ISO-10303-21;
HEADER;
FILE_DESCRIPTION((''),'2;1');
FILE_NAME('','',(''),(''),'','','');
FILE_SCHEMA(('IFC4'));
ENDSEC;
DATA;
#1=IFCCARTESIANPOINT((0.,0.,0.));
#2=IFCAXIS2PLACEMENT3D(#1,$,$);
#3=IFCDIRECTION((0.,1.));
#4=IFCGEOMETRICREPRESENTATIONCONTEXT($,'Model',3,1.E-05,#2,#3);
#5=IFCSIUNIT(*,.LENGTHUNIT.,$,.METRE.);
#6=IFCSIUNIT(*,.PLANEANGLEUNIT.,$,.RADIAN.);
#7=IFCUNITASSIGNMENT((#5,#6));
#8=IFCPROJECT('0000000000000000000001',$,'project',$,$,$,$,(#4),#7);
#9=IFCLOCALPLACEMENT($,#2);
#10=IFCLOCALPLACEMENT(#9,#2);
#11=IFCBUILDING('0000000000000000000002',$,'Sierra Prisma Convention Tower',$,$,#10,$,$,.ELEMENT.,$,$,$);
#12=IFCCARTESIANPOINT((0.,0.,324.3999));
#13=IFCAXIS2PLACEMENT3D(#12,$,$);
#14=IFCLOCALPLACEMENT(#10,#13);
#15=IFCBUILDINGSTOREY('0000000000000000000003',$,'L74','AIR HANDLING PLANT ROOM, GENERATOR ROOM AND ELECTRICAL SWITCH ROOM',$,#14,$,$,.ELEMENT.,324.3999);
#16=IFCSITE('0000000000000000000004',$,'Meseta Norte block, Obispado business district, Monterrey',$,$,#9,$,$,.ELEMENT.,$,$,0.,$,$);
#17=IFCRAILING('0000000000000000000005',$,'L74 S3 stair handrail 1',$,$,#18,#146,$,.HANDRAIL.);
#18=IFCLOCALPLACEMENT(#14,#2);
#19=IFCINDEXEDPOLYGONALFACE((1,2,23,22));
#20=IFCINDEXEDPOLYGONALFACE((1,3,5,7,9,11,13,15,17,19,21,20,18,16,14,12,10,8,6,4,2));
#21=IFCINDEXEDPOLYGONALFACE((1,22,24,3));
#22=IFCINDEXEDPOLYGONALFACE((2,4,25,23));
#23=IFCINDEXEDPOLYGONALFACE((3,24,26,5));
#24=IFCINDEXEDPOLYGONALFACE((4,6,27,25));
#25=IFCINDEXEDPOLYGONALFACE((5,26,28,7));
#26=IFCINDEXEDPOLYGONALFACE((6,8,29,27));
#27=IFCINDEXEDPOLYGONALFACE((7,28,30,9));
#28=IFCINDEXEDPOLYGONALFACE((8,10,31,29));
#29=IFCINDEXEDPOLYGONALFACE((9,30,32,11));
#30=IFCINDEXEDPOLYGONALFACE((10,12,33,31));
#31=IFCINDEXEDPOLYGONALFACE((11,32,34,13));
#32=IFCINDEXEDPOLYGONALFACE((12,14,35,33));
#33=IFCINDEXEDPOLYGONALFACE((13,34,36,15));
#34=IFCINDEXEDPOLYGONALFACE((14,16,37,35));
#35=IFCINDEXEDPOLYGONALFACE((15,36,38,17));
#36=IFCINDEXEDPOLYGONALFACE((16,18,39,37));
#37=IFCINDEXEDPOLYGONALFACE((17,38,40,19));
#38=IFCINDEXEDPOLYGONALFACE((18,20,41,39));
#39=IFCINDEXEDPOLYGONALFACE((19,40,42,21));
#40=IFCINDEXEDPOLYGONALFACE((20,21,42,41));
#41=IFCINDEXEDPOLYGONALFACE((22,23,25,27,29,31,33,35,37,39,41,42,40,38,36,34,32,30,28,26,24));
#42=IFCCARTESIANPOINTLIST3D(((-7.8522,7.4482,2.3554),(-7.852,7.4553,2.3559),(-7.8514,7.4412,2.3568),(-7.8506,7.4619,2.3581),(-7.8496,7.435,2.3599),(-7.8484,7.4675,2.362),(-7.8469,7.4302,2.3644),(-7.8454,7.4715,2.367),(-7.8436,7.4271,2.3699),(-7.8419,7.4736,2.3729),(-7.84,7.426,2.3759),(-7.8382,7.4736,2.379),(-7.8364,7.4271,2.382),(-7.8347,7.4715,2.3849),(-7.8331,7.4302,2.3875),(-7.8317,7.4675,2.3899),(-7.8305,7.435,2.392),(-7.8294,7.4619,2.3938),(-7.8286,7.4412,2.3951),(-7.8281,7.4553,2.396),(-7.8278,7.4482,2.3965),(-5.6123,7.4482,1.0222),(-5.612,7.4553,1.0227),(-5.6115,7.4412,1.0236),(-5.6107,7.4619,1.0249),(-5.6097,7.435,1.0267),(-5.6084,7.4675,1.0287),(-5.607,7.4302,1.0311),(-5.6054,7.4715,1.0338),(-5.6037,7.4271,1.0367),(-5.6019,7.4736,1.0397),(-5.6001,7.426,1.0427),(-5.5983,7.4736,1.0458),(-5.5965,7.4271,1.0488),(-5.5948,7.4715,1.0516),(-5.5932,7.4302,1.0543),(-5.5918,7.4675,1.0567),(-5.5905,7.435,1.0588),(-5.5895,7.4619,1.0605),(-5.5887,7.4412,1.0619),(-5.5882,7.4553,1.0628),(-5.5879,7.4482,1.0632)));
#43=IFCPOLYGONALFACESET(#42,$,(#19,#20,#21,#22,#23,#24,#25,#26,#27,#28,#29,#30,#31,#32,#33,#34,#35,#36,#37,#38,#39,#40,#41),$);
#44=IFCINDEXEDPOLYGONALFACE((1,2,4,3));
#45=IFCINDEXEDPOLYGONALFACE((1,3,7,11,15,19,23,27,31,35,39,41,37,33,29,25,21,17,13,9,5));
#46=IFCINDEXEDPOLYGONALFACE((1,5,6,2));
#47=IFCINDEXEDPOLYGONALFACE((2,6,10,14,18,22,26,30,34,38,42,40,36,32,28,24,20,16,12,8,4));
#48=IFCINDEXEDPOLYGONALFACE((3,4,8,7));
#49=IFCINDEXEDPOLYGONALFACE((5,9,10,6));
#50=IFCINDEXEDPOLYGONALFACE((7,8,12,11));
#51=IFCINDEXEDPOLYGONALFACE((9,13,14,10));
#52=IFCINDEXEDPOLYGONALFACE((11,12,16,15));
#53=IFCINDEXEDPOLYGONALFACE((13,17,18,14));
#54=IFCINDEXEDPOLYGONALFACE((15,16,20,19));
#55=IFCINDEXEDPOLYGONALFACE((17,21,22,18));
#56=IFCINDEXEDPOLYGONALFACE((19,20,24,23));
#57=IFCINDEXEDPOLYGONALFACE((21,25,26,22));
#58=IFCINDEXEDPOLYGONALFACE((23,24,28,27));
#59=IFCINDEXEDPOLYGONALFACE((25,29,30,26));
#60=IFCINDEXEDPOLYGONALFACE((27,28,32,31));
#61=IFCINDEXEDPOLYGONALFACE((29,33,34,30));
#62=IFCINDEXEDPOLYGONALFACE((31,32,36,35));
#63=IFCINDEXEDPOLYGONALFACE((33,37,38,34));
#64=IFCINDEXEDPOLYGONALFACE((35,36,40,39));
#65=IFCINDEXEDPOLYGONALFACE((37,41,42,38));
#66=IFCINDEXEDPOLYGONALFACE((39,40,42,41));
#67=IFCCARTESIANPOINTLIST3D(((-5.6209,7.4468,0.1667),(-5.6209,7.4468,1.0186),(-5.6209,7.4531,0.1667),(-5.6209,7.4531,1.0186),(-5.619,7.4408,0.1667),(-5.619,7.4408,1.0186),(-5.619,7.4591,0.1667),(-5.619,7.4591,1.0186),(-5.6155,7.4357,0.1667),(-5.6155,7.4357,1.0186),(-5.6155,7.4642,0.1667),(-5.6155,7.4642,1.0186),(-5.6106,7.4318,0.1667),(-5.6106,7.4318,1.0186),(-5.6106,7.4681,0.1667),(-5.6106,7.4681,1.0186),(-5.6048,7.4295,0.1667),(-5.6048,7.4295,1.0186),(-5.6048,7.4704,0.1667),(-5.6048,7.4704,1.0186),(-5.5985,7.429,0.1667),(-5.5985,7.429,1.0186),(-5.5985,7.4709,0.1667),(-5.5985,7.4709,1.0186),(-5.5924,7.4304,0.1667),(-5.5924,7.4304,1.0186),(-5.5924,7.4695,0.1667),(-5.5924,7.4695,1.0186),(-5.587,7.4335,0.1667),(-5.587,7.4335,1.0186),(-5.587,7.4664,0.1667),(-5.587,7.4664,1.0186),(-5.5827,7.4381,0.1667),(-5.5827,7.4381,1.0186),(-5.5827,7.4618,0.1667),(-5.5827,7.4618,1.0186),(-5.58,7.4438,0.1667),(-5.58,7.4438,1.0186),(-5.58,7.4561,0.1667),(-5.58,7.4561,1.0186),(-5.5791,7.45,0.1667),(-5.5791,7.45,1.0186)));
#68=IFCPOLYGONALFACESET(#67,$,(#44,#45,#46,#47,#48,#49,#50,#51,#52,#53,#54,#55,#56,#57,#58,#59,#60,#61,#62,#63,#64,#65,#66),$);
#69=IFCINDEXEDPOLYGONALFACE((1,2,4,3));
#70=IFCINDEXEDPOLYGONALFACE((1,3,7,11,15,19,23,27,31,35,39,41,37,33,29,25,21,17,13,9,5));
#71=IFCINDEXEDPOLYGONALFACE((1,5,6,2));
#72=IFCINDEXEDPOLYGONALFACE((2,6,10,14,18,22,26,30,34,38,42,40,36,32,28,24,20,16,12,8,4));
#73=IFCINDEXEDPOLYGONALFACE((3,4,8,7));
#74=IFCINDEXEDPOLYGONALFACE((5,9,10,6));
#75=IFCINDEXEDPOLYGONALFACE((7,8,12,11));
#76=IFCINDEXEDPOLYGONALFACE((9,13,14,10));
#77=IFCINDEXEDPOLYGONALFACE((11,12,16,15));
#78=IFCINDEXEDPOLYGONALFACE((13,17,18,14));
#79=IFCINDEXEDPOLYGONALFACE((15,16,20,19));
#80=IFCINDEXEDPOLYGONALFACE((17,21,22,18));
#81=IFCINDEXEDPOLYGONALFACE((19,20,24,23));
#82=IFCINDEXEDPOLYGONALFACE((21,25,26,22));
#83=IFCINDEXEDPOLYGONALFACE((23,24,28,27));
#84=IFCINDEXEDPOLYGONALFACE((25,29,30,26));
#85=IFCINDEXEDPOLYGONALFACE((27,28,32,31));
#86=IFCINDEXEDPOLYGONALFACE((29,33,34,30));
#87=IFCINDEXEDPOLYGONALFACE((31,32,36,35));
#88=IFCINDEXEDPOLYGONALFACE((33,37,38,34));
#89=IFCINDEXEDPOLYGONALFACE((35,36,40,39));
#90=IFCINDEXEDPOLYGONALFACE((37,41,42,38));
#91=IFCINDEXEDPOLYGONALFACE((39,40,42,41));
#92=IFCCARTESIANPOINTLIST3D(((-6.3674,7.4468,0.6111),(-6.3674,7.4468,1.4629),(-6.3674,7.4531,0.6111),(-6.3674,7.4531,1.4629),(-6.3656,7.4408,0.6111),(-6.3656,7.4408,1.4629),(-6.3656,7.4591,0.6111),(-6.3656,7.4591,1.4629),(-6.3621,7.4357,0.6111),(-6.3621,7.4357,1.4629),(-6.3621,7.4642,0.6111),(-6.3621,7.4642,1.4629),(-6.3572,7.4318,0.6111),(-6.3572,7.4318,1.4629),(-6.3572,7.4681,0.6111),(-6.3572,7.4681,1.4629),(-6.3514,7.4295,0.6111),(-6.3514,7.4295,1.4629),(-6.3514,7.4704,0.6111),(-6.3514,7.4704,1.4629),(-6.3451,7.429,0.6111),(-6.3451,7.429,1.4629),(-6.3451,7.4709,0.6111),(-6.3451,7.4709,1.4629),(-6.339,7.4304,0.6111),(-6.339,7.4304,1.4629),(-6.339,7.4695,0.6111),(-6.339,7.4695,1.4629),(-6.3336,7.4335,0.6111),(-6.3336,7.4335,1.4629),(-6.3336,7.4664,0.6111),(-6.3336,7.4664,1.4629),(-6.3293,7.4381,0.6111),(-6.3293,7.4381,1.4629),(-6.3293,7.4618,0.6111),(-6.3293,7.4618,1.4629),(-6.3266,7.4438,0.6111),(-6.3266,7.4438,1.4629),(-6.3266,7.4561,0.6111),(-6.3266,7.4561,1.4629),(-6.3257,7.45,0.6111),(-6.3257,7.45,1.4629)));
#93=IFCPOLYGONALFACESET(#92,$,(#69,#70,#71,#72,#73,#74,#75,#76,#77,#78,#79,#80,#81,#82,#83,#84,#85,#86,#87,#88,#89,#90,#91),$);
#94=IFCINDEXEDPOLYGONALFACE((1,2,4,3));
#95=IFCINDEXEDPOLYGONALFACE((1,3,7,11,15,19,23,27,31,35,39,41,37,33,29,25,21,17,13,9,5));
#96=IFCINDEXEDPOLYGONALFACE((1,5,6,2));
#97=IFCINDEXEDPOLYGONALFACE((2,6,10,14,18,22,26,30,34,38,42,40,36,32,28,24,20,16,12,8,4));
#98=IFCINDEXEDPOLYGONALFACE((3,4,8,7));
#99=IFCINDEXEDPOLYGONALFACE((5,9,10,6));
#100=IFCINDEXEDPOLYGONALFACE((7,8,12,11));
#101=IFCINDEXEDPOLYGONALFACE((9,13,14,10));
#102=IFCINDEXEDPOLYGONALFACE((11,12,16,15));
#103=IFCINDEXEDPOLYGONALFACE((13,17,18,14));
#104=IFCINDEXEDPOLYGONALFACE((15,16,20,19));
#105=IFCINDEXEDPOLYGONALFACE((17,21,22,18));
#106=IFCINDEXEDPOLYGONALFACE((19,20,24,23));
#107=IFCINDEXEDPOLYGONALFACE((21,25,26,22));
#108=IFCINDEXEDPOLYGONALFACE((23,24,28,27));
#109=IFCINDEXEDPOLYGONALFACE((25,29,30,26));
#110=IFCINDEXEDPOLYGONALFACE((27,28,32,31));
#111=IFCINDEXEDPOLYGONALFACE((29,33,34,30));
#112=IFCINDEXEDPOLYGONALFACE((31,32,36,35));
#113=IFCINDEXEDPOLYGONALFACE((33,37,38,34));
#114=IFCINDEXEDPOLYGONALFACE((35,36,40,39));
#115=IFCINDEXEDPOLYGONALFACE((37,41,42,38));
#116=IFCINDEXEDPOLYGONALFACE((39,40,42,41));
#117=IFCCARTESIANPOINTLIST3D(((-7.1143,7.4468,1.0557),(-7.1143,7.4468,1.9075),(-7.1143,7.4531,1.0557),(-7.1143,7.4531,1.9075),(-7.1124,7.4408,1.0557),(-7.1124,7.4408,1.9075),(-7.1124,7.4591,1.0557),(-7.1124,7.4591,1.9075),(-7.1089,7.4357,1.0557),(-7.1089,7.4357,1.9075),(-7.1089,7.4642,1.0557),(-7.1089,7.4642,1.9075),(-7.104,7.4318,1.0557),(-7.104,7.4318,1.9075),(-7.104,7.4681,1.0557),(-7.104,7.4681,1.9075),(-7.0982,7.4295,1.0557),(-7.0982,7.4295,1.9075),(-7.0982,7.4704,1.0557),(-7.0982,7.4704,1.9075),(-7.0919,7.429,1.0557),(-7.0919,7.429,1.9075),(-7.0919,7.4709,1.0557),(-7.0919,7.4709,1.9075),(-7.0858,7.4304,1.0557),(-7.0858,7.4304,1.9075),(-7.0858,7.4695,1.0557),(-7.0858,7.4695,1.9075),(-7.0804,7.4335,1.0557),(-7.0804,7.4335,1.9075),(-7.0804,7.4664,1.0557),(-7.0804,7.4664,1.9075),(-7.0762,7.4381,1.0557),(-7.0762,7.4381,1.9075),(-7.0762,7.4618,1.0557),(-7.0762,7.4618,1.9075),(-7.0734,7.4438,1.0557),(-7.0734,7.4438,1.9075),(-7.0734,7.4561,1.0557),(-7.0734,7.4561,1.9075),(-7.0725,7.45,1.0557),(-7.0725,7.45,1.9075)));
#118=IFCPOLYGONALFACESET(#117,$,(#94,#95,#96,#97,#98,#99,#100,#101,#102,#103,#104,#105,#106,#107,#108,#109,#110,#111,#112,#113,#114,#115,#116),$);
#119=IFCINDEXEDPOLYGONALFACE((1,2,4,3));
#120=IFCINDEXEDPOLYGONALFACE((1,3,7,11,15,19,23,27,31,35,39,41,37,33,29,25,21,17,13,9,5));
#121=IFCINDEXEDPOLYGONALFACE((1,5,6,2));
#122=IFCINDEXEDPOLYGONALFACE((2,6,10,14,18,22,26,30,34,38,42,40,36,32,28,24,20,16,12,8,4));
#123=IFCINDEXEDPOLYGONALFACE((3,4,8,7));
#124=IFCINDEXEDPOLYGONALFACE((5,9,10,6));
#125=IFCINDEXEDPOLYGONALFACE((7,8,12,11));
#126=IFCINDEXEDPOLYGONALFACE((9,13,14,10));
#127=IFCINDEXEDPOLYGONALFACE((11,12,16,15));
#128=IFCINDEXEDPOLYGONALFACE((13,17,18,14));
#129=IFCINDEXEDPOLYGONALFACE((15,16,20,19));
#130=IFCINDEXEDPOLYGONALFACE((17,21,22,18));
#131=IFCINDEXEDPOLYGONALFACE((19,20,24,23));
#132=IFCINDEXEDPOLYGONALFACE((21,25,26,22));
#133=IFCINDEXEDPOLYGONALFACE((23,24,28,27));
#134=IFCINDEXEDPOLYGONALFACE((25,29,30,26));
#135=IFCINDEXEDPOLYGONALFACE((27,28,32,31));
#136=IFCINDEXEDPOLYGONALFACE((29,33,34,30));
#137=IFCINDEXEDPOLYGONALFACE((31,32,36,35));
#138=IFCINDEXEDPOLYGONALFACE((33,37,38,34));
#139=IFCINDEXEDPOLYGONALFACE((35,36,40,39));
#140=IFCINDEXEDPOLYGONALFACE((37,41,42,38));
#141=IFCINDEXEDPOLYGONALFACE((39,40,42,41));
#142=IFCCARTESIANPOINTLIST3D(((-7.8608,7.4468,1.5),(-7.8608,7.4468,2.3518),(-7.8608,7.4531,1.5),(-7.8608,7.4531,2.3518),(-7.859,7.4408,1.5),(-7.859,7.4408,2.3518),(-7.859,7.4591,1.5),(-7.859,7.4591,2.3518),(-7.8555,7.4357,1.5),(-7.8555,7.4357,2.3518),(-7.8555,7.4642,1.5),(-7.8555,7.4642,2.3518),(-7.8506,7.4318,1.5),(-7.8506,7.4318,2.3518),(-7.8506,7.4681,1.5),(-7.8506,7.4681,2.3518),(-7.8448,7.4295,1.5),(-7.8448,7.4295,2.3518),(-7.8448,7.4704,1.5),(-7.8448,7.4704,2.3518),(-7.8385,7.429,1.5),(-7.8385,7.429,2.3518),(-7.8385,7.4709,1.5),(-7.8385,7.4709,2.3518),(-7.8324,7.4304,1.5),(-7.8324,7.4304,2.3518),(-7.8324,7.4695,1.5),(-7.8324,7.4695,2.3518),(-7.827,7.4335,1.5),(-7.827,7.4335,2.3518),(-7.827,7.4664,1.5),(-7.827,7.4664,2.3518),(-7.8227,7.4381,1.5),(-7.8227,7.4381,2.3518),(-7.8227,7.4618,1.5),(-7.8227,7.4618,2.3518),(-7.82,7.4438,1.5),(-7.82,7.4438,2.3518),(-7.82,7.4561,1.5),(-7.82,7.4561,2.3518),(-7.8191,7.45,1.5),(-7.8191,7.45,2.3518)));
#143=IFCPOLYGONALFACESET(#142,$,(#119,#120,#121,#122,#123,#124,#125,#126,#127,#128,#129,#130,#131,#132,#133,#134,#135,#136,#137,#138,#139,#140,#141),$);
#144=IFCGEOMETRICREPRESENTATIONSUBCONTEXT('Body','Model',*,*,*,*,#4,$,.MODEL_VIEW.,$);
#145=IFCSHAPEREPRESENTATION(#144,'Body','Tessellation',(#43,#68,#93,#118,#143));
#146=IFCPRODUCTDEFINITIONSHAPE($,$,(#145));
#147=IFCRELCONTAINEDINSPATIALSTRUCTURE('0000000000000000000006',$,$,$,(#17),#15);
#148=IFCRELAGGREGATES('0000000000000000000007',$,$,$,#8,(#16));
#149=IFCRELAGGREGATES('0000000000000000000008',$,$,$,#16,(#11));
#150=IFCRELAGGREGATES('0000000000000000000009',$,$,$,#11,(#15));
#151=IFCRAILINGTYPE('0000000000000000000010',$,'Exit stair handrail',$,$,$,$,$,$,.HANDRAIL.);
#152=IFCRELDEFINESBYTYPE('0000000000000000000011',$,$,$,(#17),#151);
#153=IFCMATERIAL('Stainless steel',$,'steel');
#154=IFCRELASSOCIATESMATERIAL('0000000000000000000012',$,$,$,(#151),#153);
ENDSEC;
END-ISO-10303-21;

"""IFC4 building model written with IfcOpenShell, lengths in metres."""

from ifc_helpers import new_model, si_unit, direction, frame, origin, origin_2d, place, context, subcontext, project, spatial, circle, extrude, material, type_object, element, save


model = new_model("IFC4")

# Units and contexts
model_context = context("Model", 3, precision=1e-05, world=origin(), true_north=direction((0.0, 1.0)))
body_context = subcontext(model_context, "Body", "Model", "MODEL_VIEW")
ifc_project = project(units=[si_unit("LENGTHUNIT", "METRE"), si_unit("PLANEANGLEUNIT", "RADIAN")], contexts=[model_context])

# Site, building, storey
site_placement = place(None, origin())
site = spatial("IfcSite", under=ifc_project, at=site_placement, Name="Meseta Norte block, Obispado business district, Monterrey", CompositionType="ELEMENT", RefElevation=0.0)
building_placement = place(site_placement, origin())
building = spatial("IfcBuilding", under=site, at=building_placement, Name="Sierra Prisma Convention Tower", CompositionType="ELEMENT")
storey_placement = place(building_placement, frame((0.0, 0.0, 324.3999)))
storey = spatial("IfcBuildingStorey", under=building, at=storey_placement, Name="L74", Description="AIR HANDLING PLANT ROOM, GENERATOR ROOM AND ELECTRICAL SWITCH ROOM", CompositionType="ELEMENT", Elevation=324.3999)

# Railing
ifc_material_1 = material(Name="Stainless steel", Category="steel")
railing_type = type_object("IfcRailingType", Name="Exit stair handrail", PredefinedType="HANDRAIL", material=ifc_material_1)
for number, where, name in (
    (1, (-5.6001, 7.45, 0.1667), "L74 S3 stair handrail 1"),
):
    element("IfcRailing", number, at=place(storey_placement, frame(where)), inside=storey, type_object=railing_type, Name=name, PredefinedType="HANDRAIL", context=body_context, shape_type="SweptSolid", body=[
        extrude(circle(Radius=0.0239, at=origin_2d()), frame((0.0, 0.0, 0.876), z_axis=(-0.859306, 0.0, 0.511462), x_axis=(0.0, -1.0, 0.0)), (0.0, 0.0, 1.0), 2.6067),
        extrude(circle(Radius=0.021, at=origin_2d()), origin(), (0.0, 0.0, 1.0), 0.8518),
        extrude(circle(Radius=0.021, at=origin_2d()), frame((-0.7466, 0.0, 0.4443)), (0.0, 0.0, 1.0), 0.8518),
        extrude(circle(Radius=0.021, at=origin_2d()), frame((-1.4934, 0.0, 0.8889)), (0.0, 0.0, 1.0), 0.8518),
        extrude(circle(Radius=0.021, at=origin_2d()), frame((-2.24, 0.0, 1.3333)), (0.0, 0.0, 1.0), 0.8518),
    ])

save(model, "model.ifc")
